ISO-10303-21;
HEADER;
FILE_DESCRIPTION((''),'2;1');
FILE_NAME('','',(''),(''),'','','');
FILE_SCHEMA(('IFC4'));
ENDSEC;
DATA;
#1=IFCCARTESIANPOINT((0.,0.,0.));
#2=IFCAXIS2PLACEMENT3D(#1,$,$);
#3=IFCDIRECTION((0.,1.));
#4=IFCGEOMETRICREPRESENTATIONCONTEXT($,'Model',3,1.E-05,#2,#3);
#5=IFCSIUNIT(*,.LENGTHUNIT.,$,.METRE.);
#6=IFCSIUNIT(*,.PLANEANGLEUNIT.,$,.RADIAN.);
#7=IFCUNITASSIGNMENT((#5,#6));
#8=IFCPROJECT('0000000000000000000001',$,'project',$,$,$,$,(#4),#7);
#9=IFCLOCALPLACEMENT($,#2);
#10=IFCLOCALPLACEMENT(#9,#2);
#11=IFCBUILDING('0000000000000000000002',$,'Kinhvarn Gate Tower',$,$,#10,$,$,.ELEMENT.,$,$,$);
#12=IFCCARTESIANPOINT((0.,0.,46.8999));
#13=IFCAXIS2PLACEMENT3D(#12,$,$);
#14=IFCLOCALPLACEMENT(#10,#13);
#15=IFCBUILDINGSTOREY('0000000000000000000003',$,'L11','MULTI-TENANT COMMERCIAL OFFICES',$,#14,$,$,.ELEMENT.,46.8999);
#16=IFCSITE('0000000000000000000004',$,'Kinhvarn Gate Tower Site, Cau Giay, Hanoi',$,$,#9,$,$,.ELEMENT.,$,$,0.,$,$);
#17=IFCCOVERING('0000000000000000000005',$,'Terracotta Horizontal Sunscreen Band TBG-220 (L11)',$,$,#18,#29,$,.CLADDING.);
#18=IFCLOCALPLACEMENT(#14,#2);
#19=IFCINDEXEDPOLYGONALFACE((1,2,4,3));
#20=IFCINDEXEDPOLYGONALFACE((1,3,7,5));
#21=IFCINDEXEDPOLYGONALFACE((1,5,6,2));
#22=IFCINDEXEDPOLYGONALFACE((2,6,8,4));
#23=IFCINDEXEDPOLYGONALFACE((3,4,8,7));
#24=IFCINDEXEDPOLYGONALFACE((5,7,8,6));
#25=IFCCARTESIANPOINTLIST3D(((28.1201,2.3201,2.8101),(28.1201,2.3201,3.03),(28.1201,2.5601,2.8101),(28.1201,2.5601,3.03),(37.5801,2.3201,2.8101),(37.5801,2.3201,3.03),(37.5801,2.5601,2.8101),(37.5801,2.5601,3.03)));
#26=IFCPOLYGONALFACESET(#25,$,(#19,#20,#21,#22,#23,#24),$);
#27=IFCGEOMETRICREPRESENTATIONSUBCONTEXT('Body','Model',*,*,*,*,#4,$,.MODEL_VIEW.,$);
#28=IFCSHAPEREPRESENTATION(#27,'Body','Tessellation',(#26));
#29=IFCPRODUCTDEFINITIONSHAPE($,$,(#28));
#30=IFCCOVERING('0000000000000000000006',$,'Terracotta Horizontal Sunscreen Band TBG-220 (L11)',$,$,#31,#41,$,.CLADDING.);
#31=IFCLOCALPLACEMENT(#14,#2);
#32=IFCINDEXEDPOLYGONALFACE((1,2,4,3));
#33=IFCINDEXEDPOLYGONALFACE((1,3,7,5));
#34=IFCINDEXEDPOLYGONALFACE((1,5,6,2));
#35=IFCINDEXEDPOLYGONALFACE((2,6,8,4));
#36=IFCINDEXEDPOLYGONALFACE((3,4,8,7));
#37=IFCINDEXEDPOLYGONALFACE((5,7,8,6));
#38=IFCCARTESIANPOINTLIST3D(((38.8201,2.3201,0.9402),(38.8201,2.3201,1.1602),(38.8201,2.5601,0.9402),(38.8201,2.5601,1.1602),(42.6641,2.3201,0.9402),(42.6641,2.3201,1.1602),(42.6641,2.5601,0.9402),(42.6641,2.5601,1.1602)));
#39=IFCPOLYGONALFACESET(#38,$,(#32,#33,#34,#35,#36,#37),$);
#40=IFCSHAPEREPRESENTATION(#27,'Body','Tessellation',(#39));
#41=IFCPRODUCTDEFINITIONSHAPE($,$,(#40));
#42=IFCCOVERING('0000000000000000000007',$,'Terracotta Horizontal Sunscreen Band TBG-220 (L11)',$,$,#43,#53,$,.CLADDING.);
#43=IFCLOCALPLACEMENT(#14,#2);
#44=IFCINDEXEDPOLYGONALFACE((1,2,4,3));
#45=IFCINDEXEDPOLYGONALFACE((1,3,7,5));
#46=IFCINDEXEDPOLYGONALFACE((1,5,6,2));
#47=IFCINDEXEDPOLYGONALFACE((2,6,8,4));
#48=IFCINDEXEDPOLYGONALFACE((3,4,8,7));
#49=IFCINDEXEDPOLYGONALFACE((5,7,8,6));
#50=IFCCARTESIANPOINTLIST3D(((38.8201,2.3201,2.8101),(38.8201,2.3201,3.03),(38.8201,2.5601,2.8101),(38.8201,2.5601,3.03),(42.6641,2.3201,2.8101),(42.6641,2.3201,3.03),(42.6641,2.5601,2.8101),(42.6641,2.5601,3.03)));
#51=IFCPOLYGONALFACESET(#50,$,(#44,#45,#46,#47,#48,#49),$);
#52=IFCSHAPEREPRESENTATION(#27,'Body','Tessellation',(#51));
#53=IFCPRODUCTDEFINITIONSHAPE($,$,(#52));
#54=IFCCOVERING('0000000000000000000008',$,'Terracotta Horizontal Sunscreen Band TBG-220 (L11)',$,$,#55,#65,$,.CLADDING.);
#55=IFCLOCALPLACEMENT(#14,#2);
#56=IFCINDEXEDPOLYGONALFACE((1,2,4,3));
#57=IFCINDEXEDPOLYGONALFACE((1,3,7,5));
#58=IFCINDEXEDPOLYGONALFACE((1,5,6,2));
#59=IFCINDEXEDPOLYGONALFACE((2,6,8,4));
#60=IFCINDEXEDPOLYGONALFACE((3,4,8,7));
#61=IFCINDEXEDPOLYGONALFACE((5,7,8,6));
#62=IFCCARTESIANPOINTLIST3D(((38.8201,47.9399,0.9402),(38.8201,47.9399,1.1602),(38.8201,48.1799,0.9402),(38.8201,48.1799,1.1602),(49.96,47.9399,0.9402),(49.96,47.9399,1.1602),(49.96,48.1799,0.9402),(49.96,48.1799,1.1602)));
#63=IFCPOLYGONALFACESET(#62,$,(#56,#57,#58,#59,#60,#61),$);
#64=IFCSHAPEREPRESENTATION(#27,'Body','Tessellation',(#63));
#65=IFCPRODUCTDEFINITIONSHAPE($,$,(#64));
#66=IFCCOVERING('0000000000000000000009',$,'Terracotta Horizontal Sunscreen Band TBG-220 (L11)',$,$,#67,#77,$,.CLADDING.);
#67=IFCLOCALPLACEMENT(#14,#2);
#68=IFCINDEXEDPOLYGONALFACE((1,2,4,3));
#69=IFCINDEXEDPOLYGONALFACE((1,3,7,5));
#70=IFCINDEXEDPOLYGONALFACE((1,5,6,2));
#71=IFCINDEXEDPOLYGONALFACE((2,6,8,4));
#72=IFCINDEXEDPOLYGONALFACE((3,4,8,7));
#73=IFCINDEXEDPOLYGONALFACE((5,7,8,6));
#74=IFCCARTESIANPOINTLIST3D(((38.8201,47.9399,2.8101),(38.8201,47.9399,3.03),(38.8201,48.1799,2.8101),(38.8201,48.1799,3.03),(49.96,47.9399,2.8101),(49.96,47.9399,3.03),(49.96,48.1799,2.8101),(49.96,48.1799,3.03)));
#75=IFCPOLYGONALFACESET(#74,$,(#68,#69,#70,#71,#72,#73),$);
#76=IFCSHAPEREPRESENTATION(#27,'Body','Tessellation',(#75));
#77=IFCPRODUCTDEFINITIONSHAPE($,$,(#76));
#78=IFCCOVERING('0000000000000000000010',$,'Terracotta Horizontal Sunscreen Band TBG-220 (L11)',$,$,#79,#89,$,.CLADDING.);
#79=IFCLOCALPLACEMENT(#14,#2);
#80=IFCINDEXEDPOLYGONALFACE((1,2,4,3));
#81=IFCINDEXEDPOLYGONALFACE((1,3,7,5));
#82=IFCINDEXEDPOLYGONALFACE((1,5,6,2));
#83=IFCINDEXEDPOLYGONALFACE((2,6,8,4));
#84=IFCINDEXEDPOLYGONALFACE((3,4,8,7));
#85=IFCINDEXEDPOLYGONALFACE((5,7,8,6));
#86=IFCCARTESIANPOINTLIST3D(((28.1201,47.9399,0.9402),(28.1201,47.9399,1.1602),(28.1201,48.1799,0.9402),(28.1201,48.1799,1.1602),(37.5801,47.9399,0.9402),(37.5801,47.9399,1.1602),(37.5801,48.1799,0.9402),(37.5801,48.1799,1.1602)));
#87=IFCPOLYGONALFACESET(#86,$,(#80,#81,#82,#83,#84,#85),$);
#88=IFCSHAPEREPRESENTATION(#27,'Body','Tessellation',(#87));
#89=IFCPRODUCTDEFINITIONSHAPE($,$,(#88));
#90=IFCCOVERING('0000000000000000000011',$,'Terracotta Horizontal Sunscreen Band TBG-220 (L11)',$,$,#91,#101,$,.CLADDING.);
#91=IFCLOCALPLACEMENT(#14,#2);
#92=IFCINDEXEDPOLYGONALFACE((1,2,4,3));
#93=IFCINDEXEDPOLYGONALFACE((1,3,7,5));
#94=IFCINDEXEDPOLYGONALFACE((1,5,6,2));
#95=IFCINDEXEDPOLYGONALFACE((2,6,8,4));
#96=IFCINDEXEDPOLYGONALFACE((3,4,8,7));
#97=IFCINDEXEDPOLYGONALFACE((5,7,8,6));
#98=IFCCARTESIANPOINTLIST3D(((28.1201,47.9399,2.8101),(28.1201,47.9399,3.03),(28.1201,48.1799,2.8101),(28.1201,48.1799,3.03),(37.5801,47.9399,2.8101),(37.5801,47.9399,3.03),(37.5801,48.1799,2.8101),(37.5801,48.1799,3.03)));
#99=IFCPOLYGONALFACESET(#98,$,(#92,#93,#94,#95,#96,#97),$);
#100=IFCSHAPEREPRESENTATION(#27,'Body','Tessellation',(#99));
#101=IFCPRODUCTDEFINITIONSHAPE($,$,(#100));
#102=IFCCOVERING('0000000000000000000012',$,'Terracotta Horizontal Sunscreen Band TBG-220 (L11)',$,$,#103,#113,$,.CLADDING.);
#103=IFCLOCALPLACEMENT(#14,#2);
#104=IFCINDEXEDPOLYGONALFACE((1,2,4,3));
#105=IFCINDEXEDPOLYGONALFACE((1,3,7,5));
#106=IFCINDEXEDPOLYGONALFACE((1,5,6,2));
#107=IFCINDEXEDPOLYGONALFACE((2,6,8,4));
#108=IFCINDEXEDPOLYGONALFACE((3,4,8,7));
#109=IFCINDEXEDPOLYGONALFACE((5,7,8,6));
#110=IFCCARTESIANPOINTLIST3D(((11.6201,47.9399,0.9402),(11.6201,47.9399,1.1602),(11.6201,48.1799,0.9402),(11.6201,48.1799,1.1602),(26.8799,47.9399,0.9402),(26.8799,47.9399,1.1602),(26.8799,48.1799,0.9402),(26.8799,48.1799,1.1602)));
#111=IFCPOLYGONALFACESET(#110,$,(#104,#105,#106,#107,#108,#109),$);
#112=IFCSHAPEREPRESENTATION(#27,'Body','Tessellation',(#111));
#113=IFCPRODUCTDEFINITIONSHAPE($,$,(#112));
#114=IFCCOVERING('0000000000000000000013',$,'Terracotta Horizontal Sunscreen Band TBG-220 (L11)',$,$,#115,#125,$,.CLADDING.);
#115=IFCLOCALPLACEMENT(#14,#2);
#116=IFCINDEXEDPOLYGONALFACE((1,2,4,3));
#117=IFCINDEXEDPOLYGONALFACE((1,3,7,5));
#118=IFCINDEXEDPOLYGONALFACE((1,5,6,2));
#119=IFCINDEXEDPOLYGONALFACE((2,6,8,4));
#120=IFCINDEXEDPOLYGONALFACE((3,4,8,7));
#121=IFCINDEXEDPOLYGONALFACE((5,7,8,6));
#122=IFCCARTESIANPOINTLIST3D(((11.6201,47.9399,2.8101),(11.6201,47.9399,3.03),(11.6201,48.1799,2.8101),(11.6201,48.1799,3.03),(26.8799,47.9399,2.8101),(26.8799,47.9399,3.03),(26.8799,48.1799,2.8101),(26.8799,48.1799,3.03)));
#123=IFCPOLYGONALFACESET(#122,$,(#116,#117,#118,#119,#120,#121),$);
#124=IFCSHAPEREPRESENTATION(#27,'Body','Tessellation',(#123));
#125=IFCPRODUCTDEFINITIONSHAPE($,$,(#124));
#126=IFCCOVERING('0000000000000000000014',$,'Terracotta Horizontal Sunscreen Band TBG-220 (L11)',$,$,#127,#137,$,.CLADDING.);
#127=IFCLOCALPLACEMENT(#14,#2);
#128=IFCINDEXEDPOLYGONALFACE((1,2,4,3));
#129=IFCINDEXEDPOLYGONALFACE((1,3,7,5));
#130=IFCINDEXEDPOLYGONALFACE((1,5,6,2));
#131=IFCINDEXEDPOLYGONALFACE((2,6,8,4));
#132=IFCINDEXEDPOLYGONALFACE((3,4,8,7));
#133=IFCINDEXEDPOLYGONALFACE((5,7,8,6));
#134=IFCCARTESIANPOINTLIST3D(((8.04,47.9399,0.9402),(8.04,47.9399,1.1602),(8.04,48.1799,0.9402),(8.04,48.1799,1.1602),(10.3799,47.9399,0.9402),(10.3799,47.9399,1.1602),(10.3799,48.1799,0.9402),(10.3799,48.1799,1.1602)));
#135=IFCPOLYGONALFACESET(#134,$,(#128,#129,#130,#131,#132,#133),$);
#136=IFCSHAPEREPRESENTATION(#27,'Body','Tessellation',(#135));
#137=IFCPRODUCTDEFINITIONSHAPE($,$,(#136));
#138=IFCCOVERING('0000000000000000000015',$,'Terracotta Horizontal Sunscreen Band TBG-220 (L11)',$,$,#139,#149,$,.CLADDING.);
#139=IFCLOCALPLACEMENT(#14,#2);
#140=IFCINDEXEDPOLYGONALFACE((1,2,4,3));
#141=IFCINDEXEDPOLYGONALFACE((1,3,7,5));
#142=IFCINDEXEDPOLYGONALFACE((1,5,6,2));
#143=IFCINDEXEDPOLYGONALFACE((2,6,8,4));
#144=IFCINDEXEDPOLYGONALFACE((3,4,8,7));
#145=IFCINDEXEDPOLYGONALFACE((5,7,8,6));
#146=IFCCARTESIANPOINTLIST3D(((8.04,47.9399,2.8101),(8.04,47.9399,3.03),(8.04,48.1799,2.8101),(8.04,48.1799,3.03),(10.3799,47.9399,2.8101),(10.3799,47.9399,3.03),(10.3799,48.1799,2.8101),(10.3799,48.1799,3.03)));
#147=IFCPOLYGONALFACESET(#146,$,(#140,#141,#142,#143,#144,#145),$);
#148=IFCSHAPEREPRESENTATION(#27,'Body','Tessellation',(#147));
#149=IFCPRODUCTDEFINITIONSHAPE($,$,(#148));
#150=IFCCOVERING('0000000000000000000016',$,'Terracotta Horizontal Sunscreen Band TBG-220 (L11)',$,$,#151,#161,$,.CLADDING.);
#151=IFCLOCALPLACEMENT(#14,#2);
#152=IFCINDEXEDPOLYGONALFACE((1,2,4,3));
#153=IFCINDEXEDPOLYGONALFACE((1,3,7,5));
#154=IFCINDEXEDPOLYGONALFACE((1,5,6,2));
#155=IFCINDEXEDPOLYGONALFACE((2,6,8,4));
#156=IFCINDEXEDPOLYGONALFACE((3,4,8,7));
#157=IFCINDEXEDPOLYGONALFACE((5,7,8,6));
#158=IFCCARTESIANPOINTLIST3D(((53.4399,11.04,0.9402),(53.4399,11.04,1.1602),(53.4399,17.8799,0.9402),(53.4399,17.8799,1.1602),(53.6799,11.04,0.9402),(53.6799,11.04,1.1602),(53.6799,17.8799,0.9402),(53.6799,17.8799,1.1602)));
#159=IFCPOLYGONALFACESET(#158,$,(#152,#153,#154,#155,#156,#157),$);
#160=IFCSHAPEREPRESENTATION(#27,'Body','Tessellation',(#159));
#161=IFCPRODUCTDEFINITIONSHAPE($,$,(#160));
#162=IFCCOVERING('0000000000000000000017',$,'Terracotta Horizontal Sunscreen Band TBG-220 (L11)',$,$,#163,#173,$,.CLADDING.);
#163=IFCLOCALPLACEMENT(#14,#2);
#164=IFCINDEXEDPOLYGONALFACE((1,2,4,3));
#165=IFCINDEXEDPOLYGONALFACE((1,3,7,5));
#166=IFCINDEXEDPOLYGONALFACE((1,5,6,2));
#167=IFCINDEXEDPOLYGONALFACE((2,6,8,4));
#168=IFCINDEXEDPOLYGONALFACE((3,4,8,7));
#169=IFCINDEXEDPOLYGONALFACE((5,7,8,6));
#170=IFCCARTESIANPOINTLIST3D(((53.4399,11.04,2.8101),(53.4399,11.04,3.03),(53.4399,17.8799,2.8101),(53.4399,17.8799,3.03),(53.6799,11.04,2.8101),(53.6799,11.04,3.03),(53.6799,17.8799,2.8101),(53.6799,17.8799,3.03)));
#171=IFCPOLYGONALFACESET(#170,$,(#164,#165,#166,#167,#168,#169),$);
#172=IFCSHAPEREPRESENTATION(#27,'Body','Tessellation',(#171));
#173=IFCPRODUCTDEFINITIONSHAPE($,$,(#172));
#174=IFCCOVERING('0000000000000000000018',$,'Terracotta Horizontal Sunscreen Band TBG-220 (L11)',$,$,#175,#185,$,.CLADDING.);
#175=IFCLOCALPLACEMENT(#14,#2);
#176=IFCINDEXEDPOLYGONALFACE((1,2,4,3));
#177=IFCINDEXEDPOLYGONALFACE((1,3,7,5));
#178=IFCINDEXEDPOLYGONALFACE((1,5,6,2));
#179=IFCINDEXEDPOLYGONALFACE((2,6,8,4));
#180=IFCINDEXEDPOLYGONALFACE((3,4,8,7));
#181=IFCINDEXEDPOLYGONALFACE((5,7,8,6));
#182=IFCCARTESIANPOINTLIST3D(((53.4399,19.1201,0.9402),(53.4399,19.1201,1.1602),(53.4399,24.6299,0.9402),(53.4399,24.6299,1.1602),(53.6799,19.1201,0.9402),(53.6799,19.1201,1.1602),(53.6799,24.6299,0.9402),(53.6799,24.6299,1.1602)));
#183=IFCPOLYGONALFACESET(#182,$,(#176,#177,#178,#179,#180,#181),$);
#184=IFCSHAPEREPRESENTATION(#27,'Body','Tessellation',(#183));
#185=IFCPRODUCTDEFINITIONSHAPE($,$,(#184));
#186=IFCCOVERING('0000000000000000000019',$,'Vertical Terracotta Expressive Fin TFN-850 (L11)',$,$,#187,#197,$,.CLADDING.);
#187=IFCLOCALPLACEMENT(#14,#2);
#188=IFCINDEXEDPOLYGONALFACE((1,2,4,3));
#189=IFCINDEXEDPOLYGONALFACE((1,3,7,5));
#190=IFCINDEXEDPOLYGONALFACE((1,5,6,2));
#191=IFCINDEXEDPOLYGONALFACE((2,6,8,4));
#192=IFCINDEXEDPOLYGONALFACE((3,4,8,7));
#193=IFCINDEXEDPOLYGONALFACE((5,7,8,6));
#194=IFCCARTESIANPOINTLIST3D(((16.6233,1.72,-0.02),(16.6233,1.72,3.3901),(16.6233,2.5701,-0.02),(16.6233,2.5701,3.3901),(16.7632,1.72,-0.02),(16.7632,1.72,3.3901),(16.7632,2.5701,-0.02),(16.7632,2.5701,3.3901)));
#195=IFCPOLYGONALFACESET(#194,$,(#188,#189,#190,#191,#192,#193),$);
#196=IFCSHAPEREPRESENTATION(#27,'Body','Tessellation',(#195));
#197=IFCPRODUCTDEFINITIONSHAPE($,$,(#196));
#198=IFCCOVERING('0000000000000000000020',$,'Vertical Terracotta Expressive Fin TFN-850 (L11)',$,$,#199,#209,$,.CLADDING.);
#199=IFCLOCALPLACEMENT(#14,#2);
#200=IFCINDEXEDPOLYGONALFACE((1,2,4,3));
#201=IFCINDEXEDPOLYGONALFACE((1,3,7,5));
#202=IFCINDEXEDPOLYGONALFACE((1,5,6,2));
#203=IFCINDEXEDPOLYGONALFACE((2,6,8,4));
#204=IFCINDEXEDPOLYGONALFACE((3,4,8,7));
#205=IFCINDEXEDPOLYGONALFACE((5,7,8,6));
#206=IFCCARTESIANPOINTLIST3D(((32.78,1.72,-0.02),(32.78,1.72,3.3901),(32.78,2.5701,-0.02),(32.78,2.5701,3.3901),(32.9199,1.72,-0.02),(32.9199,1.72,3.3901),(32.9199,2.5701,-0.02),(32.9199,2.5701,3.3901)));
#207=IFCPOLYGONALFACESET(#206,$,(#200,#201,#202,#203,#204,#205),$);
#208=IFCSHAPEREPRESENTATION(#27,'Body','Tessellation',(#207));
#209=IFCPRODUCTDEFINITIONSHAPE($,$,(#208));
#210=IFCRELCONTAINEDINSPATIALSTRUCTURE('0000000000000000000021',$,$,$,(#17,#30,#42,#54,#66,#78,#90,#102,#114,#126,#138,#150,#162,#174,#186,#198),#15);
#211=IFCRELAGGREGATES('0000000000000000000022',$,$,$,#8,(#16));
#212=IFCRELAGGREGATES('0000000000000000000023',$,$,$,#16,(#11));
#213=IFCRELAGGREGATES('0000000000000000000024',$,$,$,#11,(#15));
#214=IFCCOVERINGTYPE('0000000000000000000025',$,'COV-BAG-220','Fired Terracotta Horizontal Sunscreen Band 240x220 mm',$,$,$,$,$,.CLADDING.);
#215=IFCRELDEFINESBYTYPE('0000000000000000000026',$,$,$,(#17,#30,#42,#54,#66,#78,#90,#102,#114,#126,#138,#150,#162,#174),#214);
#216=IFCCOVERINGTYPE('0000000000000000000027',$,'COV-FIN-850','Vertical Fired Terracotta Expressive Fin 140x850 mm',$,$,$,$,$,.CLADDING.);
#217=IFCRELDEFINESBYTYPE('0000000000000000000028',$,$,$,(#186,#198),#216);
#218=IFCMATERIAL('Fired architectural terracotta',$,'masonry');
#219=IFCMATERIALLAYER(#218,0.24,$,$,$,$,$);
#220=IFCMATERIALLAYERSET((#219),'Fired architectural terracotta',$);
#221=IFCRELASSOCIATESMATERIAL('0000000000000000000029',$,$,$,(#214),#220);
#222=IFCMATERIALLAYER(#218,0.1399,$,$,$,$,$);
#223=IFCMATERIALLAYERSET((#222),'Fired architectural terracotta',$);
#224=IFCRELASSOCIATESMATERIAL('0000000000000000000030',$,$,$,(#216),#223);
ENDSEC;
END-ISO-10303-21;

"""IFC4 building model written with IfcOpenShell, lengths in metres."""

from ifc_helpers import new_model, si_unit, direction, frame, origin, place, context, subcontext, project, spatial, polyline, outline, extrude, material, layer, layer_set, type_object, element, save


model = new_model("IFC4")

# Units and contexts
model_context = context("Model", 3, precision=1e-05, world=origin(), true_north=direction((0.0, 1.0)))
body_context = subcontext(model_context, "Body", "Model", "MODEL_VIEW")
ifc_project = project(units=[si_unit("LENGTHUNIT", "METRE"), si_unit("PLANEANGLEUNIT", "RADIAN")], contexts=[model_context])

# Site, building, storey
site_placement = place(None, origin())
site = spatial("IfcSite", under=ifc_project, at=site_placement, Name="Kinhvarn Gate Tower Site, Cau Giay, Hanoi", CompositionType="ELEMENT", RefElevation=0.0)
building_placement = place(site_placement, origin())
building = spatial("IfcBuilding", under=site, at=building_placement, Name="Kinhvarn Gate Tower", CompositionType="ELEMENT")
storey_placement = place(building_placement, frame((0.0, 0.0, 46.8999)))
storey = spatial("IfcBuildingStorey", under=building, at=storey_placement, Name="L11", Description="MULTI-TENANT COMMERCIAL OFFICES", CompositionType="ELEMENT", Elevation=46.8999)

# Coverings
ifc_material_1 = material(Name="Fired architectural terracotta", Category="masonry")
ifc_layer_1 = layer(ifc_material_1, 0.24)
ifc_layer_set_1 = layer_set([ifc_layer_1], Name="Fired architectural terracotta")
covering_type_1 = type_object("IfcCoveringType", Name="COV-BAG-220", Description="Fired Terracotta Horizontal Sunscreen Band 240x220 mm", PredefinedType="CLADDING", material=ifc_layer_set_1)
for number, where, name in (
    (1, (0.0, 0.0, 2.8101), "Terracotta Horizontal Sunscreen Band TBG-220 (L11)"),
):
    element("IfcCovering", number, at=place(storey_placement, frame(where)), inside=storey, type_object=covering_type_1, Name=name, PredefinedType="CLADDING", context=body_context, shape_type="SweptSolid", body=[
        extrude(outline(polyline([(28.1201, 2.5601), (37.5801, 2.5601), (37.5801, 2.3201), (28.1201, 2.3201), (28.1201, 2.5601)])), origin(), (0.0, 0.0, 1.0), 0.22),
    ])
for number, where, name in (
    (2, (0.0, 0.0, 0.9402), "Terracotta Horizontal Sunscreen Band TBG-220 (L11)"),
    (3, (0.0, 0.0, 2.8101), "Terracotta Horizontal Sunscreen Band TBG-220 (L11)"),
):
    element("IfcCovering", number, at=place(storey_placement, frame(where)), inside=storey, type_object=covering_type_1, Name=name, PredefinedType="CLADDING", context=body_context, shape_type="SweptSolid", body=[
        extrude(outline(polyline([(38.8201, 2.5601), (42.6641, 2.5601), (42.6641, 2.3201), (38.8201, 2.3201), (38.8201, 2.5601)])), origin(), (0.0, 0.0, 1.0), 0.22),
    ])
for number, where, name in (
    (4, (0.0, 0.0, 0.9402), "Terracotta Horizontal Sunscreen Band TBG-220 (L11)"),
    (5, (0.0, 0.0, 2.8101), "Terracotta Horizontal Sunscreen Band TBG-220 (L11)"),
):
    element("IfcCovering", number, at=place(storey_placement, frame(where)), inside=storey, type_object=covering_type_1, Name=name, PredefinedType="CLADDING", context=body_context, shape_type="SweptSolid", body=[
        extrude(outline(polyline([(49.96, 47.9399), (38.8201, 47.9399), (38.8201, 48.1799), (49.96, 48.1799), (49.96, 47.9399)])), origin(), (0.0, 0.0, 1.0), 0.22),
    ])
for number, where, name in (
    (6, (0.0, 0.0, 0.9402), "Terracotta Horizontal Sunscreen Band TBG-220 (L11)"),
    (7, (0.0, 0.0, 2.8101), "Terracotta Horizontal Sunscreen Band TBG-220 (L11)"),
):
    element("IfcCovering", number, at=place(storey_placement, frame(where)), inside=storey, type_object=covering_type_1, Name=name, PredefinedType="CLADDING", context=body_context, shape_type="SweptSolid", body=[
        extrude(outline(polyline([(37.5801, 47.9399), (28.1201, 47.9399), (28.1201, 48.1799), (37.5801, 48.1799), (37.5801, 47.9399)])), origin(), (0.0, 0.0, 1.0), 0.22),
    ])
for number, where, name in (
    (8, (0.0, 0.0, 0.9402), "Terracotta Horizontal Sunscreen Band TBG-220 (L11)"),
    (9, (0.0, 0.0, 2.8101), "Terracotta Horizontal Sunscreen Band TBG-220 (L11)"),
):
    element("IfcCovering", number, at=place(storey_placement, frame(where)), inside=storey, type_object=covering_type_1, Name=name, PredefinedType="CLADDING", context=body_context, shape_type="SweptSolid", body=[
        extrude(outline(polyline([(26.8799, 47.9399), (11.6201, 47.9399), (11.6201, 48.1799), (26.8799, 48.1799), (26.8799, 47.9399)])), origin(), (0.0, 0.0, 1.0), 0.22),
    ])
for number, where, name in (
    (10, (0.0, 0.0, 0.9402), "Terracotta Horizontal Sunscreen Band TBG-220 (L11)"),
    (11, (0.0, 0.0, 2.8101), "Terracotta Horizontal Sunscreen Band TBG-220 (L11)"),
):
    element("IfcCovering", number, at=place(storey_placement, frame(where)), inside=storey, type_object=covering_type_1, Name=name, PredefinedType="CLADDING", context=body_context, shape_type="SweptSolid", body=[
        extrude(outline(polyline([(10.3799, 47.9399), (8.04, 47.9399), (8.04, 48.1799), (10.3799, 48.1799), (10.3799, 47.9399)])), origin(), (0.0, 0.0, 1.0), 0.22),
    ])
for number, where, name in (
    (12, (0.0, 0.0, 0.9402), "Terracotta Horizontal Sunscreen Band TBG-220 (L11)"),
    (13, (0.0, 0.0, 2.8101), "Terracotta Horizontal Sunscreen Band TBG-220 (L11)"),
):
    element("IfcCovering", number, at=place(storey_placement, frame(where)), inside=storey, type_object=covering_type_1, Name=name, PredefinedType="CLADDING", context=body_context, shape_type="SweptSolid", body=[
        extrude(outline(polyline([(53.4399, 11.04), (53.4399, 17.8799), (53.6799, 17.8799), (53.6799, 11.04), (53.4399, 11.04)])), origin(), (0.0, 0.0, 1.0), 0.22),
    ])
covering_1_placement = place(storey_placement, frame((0.0, 0.0, 0.9402)))
element("IfcCovering", 14, at=covering_1_placement, inside=storey, type_object=covering_type_1, Name="Terracotta Horizontal Sunscreen Band TBG-220 (L11)", PredefinedType="CLADDING", context=body_context, shape_type="SweptSolid", body=[
    extrude(outline(polyline([(53.4399, 19.1201), (53.4399, 24.6299), (53.6799, 24.6299), (53.6799, 19.1201), (53.4399, 19.1201)])), origin(), (0.0, 0.0, 1.0), 0.22),
])
ifc_layer_2 = layer(ifc_material_1, 0.1399)
ifc_layer_set_2 = layer_set([ifc_layer_2], Name="Fired architectural terracotta")
covering_type_2 = type_object("IfcCoveringType", Name="COV-FIN-850", Description="Vertical Fired Terracotta Expressive Fin 140x850 mm", PredefinedType="CLADDING", material=ifc_layer_set_2)
covering_2_placement = place(storey_placement, frame((0.0, 0.0, -0.02)))
element("IfcCovering", 15, at=covering_2_placement, inside=storey, type_object=covering_type_2, Name="Vertical Terracotta Expressive Fin TFN-850 (L11)", PredefinedType="CLADDING", context=body_context, shape_type="SweptSolid", body=[
    extrude(outline(polyline([(16.6233, 2.5701), (16.7632, 2.5701), (16.7632, 1.72), (16.6233, 1.72), (16.6233, 2.5701)])), origin(), (0.0, 0.0, 1.0), 3.4102),
])
covering_3_placement = place(storey_placement, frame((0.0, 0.0, -0.02)))
element("IfcCovering", 16, at=covering_3_placement, inside=storey, type_object=covering_type_2, Name="Vertical Terracotta Expressive Fin TFN-850 (L11)", PredefinedType="CLADDING", context=body_context, shape_type="SweptSolid", body=[
    extrude(outline(polyline([(32.78, 2.5701), (32.9199, 2.5701), (32.9199, 1.72), (32.78, 1.72), (32.78, 2.5701)])), origin(), (0.0, 0.0, 1.0), 3.4102),
])

save(model, "model.ifc")
